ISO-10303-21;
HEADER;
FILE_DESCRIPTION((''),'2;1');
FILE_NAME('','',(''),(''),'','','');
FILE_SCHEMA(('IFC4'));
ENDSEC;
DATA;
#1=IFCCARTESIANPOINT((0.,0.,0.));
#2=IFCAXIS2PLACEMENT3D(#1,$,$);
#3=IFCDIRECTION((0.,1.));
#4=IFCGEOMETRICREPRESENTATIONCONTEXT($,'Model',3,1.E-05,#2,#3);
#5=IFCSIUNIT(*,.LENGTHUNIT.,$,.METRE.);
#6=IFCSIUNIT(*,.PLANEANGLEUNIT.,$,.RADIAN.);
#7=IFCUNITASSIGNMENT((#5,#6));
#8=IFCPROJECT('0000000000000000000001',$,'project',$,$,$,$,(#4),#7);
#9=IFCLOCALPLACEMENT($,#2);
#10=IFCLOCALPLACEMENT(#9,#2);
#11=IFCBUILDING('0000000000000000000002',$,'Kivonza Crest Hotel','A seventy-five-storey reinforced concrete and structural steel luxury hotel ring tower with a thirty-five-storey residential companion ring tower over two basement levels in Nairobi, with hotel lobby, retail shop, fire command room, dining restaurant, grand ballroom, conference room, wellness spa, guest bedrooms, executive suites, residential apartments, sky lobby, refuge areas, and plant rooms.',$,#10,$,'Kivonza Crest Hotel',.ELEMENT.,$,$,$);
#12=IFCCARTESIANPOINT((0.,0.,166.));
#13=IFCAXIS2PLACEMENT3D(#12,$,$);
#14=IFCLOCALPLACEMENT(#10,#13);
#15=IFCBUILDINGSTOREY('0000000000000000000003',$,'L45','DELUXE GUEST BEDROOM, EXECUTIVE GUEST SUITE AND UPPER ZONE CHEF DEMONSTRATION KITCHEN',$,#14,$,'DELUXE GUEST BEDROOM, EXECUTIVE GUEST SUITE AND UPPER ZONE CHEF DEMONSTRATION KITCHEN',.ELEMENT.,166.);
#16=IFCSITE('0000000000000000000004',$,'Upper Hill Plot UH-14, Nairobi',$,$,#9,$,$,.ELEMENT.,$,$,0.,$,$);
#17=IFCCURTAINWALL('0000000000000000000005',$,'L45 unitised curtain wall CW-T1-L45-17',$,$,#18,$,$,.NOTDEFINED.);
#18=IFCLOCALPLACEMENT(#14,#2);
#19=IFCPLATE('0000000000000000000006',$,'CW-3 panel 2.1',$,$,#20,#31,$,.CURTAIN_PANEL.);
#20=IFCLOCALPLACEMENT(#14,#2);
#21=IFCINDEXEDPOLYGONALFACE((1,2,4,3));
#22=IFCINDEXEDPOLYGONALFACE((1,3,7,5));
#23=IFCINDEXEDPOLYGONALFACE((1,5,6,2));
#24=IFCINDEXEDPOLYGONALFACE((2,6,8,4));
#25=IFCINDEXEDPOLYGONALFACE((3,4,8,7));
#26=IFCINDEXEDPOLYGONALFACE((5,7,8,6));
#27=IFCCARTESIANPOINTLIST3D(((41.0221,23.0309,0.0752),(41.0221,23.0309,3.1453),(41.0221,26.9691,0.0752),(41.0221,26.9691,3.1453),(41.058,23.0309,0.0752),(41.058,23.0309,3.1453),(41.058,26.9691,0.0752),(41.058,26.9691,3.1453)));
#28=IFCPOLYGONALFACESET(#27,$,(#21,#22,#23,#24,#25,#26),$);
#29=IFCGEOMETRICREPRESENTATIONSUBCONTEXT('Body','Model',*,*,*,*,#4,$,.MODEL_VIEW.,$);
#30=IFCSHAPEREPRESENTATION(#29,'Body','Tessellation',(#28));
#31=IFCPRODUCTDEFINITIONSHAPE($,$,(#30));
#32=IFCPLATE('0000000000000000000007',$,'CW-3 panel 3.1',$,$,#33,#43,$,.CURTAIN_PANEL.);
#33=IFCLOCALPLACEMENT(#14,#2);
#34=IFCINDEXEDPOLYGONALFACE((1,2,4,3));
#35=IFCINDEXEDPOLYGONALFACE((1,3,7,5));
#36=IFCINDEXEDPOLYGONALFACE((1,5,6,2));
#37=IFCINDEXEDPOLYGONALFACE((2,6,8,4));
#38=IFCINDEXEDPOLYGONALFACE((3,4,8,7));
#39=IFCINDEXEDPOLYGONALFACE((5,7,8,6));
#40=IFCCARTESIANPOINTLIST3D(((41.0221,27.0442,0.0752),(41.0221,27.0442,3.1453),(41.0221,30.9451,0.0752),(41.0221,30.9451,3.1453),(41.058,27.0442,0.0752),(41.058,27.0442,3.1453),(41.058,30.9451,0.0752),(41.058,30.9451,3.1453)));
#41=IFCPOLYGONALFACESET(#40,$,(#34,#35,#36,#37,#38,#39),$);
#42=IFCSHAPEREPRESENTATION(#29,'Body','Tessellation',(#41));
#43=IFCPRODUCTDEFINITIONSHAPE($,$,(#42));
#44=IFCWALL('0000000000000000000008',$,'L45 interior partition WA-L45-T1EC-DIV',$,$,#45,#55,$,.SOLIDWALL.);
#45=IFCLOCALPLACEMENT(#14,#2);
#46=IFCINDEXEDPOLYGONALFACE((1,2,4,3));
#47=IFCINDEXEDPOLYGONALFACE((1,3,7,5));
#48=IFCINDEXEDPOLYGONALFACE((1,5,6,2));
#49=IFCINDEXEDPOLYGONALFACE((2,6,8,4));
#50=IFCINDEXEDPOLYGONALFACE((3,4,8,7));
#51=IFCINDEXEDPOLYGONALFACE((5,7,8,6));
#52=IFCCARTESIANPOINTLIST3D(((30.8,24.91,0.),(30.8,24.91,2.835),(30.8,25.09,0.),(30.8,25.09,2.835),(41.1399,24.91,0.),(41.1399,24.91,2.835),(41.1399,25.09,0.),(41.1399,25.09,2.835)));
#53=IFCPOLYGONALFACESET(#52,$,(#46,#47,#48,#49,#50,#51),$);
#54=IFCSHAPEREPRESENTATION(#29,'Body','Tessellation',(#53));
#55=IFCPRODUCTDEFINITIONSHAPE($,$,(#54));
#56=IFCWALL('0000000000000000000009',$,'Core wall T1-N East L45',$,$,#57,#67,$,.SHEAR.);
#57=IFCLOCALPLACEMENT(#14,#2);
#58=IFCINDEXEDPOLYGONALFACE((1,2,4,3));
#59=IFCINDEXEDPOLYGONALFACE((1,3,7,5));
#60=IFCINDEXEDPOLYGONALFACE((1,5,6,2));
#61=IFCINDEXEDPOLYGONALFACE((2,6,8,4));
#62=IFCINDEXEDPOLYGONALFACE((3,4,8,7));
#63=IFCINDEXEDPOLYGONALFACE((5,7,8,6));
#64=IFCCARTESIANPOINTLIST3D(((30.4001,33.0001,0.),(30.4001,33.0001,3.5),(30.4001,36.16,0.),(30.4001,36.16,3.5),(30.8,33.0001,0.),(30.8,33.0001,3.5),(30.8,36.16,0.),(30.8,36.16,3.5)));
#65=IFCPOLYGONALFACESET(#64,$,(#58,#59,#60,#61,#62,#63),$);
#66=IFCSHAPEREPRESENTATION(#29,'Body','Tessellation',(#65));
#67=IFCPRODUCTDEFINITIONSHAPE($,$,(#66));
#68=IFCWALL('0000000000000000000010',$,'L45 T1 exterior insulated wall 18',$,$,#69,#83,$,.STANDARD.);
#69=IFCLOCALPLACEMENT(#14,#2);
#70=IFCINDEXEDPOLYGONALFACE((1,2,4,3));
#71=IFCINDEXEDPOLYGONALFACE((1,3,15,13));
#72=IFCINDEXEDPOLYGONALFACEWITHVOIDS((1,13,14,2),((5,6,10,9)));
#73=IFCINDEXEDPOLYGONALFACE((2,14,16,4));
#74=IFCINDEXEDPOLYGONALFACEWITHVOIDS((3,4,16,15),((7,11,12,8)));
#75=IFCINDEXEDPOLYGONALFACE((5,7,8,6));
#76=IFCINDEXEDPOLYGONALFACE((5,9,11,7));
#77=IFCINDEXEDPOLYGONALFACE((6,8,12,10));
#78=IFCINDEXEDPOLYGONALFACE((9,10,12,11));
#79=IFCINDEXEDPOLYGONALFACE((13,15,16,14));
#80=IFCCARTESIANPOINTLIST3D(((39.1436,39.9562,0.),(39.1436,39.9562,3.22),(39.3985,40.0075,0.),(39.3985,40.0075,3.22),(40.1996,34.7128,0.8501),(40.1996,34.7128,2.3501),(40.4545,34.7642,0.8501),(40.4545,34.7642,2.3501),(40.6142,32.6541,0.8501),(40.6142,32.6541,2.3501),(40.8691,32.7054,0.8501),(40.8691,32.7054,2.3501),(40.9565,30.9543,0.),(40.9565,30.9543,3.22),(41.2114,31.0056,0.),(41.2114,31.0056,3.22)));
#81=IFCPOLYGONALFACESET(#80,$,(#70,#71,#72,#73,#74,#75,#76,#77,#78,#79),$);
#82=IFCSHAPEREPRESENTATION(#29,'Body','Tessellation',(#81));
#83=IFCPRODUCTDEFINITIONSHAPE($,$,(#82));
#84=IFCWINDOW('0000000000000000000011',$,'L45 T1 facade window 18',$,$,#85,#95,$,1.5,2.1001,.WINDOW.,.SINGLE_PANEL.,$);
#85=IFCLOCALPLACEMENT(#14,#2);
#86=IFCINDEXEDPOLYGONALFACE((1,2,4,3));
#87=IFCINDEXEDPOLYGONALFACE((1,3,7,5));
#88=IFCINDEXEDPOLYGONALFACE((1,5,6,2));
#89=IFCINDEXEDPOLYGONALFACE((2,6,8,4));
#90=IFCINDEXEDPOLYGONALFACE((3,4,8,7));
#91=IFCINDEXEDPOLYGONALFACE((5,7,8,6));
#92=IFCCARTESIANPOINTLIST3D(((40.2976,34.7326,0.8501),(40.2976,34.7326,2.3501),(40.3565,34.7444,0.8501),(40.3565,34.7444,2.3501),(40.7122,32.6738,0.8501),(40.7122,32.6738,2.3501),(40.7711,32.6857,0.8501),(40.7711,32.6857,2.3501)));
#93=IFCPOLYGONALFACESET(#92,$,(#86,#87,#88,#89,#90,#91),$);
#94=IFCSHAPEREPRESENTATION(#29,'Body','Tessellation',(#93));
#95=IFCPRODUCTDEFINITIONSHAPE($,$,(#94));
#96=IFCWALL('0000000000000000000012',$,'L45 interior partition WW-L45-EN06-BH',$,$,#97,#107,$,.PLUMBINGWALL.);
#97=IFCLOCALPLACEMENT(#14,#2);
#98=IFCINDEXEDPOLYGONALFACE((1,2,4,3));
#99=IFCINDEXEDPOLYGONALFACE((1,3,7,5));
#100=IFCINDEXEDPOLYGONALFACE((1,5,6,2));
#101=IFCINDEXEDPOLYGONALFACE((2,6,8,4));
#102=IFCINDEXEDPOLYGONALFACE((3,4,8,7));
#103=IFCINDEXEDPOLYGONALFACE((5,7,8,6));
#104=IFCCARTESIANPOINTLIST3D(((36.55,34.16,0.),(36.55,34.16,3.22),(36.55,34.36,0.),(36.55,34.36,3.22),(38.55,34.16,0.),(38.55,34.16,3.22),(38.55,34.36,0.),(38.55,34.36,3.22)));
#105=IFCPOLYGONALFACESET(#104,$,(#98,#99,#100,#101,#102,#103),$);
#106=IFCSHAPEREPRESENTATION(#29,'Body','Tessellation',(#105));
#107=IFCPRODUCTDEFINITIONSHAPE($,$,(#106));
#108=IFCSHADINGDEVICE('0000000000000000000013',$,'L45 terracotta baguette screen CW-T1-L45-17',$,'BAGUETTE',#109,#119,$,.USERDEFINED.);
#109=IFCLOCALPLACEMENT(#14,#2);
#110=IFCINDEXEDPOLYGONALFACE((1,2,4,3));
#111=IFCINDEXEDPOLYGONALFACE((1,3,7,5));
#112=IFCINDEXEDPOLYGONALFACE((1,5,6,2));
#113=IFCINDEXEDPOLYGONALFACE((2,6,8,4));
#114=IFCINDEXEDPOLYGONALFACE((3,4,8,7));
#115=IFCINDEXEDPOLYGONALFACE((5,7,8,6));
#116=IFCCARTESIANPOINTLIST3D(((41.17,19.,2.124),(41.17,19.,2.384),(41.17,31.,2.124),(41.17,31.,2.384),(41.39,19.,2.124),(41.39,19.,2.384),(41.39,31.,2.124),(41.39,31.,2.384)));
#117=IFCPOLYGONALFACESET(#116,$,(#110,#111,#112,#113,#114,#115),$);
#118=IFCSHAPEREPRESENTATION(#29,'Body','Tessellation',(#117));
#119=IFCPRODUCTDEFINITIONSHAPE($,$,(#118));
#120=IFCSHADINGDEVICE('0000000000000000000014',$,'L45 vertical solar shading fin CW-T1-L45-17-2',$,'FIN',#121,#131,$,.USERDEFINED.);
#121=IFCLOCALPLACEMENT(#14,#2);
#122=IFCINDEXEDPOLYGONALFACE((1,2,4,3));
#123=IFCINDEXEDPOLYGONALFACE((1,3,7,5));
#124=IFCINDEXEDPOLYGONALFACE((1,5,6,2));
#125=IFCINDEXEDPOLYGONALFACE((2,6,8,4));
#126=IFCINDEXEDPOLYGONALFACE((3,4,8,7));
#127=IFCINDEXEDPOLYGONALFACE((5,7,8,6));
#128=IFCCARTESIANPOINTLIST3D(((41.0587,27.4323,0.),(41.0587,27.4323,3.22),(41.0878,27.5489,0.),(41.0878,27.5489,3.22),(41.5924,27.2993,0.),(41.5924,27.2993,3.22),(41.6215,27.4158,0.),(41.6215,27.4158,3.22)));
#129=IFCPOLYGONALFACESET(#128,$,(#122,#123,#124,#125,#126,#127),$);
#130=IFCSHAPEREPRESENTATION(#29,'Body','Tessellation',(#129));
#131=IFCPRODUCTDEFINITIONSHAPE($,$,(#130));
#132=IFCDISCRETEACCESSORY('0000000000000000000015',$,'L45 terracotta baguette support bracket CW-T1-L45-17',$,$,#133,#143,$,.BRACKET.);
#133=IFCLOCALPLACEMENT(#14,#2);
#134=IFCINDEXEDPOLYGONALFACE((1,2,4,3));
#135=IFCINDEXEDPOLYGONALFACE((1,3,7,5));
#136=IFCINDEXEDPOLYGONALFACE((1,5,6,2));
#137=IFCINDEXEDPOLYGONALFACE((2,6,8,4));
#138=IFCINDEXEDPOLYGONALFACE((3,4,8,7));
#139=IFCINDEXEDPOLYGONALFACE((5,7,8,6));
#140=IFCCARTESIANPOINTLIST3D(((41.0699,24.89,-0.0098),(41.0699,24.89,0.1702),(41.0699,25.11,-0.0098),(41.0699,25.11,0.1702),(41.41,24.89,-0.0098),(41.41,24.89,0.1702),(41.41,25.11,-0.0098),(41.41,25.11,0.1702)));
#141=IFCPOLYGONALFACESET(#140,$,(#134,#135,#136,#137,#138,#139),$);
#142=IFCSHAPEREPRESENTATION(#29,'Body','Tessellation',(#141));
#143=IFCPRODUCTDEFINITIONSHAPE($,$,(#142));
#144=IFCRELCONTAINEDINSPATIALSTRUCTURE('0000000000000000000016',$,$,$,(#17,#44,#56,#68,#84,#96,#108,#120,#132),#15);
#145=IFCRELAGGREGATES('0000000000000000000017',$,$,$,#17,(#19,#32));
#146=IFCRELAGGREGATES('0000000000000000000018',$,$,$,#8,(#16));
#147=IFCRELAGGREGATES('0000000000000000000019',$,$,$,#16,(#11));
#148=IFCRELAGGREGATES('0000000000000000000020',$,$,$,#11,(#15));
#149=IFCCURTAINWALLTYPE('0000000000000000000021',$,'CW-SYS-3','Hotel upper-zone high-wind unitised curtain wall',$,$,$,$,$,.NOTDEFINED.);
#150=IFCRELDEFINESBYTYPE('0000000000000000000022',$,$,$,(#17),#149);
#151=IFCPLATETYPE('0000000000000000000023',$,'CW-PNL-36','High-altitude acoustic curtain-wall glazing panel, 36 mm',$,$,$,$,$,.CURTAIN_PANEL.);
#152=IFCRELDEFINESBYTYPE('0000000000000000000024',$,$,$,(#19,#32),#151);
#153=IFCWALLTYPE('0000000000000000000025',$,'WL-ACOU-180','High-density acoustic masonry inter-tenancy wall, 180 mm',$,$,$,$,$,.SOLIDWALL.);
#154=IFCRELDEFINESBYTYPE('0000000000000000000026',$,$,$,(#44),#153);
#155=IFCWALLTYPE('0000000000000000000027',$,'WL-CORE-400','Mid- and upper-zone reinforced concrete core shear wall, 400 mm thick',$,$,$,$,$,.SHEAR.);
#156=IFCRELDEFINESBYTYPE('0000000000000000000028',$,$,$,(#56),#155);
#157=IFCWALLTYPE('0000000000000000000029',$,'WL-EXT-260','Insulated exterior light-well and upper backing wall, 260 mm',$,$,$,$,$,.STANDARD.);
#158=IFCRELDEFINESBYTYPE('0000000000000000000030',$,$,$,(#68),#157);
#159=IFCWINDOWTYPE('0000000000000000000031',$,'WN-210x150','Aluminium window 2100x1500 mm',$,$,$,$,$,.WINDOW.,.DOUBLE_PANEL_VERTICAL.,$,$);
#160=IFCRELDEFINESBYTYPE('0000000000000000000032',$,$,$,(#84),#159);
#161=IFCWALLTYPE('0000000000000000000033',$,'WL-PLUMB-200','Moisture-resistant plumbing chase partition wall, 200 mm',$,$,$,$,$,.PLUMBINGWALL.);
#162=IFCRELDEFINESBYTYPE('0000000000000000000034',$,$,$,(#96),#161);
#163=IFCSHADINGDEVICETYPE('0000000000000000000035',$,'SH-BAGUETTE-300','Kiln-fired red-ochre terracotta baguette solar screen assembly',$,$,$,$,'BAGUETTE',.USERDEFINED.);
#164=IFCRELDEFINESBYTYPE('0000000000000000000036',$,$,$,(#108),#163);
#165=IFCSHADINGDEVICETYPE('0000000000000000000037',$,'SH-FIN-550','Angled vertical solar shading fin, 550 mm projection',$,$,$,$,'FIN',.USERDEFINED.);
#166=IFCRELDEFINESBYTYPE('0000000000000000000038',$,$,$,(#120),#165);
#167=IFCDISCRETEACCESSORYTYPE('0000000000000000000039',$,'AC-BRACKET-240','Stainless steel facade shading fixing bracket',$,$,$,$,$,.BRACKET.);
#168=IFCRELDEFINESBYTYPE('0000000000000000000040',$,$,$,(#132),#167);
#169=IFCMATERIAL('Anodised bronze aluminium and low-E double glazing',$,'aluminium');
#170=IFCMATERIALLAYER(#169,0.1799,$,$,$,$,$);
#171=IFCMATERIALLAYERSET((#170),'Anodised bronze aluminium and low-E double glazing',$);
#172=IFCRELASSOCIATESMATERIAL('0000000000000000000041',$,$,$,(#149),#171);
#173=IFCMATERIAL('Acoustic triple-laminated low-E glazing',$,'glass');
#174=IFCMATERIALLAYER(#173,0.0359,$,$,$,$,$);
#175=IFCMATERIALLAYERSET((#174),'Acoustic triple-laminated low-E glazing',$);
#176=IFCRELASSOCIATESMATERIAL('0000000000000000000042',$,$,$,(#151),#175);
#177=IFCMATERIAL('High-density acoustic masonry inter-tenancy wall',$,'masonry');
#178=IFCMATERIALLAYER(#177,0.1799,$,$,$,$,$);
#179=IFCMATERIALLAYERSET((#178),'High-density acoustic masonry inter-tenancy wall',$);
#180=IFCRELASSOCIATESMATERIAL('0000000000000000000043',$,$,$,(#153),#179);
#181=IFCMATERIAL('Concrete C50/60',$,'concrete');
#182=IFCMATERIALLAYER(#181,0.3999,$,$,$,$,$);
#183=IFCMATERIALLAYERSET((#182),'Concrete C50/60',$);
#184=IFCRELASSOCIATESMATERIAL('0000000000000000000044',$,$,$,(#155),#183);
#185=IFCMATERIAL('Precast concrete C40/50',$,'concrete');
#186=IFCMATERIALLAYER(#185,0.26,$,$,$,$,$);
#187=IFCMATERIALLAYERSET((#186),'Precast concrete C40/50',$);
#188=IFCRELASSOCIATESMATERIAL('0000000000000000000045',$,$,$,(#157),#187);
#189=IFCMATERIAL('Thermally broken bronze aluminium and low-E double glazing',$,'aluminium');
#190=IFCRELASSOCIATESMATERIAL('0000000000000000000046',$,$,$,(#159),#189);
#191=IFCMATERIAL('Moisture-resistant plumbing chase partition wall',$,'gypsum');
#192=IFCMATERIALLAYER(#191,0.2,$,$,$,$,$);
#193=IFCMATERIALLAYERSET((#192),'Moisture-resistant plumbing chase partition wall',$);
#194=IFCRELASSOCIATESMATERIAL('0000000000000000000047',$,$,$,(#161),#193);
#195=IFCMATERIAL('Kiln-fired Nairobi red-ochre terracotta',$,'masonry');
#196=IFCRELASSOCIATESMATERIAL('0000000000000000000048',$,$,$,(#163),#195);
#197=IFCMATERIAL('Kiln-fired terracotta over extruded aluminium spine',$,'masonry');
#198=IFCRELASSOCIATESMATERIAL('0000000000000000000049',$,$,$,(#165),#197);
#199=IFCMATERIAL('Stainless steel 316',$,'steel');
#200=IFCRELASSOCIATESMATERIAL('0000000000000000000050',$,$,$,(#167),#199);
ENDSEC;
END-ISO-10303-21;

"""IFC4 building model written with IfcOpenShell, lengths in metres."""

from ifc_helpers import new_model, si_unit, direction, frame, frame_2d, origin, origin_2d, place, context, subcontext, project, spatial, rectangle, extrude, material, layer, layer_set, type_object, element, fill, aggregate, save


model = new_model("IFC4")

# Units and contexts
model_context = context("Model", 3, precision=1e-05, world=origin(), true_north=direction((0.0, 1.0)))
body_context = subcontext(model_context, "Body", "Model", "MODEL_VIEW")
ifc_project = project(units=[si_unit("LENGTHUNIT", "METRE"), si_unit("PLANEANGLEUNIT", "RADIAN")], contexts=[model_context])

# Site, building, storey
site_placement = place(None, origin())
site = spatial("IfcSite", under=ifc_project, at=site_placement, Name="Upper Hill Plot UH-14, Nairobi", CompositionType="ELEMENT", RefElevation=0.0)
building_placement = place(site_placement, origin())
building = spatial("IfcBuilding", under=site, at=building_placement, Name="Kivonza Crest Hotel", Description="A seventy-five-storey reinforced concrete and structural steel luxury hotel ring tower with a thirty-five-storey residential companion ring tower over two basement levels in Nairobi, with hotel lobby, retail shop, fire command room, dining restaurant, grand ballroom, conference room, wellness spa, guest bedrooms, executive suites, residential apartments, sky lobby, refuge areas, and plant rooms.", LongName="Kivonza Crest Hotel", CompositionType="ELEMENT")
storey_placement = place(building_placement, frame((0.0, 0.0, 166.0)))
storey = spatial("IfcBuildingStorey", under=building, at=storey_placement, Name="L45", Description="DELUXE GUEST BEDROOM, EXECUTIVE GUEST SUITE AND UPPER ZONE CHEF DEMONSTRATION KITCHEN", LongName="DELUXE GUEST BEDROOM, EXECUTIVE GUEST SUITE AND UPPER ZONE CHEF DEMONSTRATION KITCHEN", CompositionType="ELEMENT", Elevation=166.0)

# Shared definitions
ifc_material_1 = material(Name="Concrete C50/60", Category="concrete")

# Curtain wall, plates
ifc_material_2 = material(Name="Anodised bronze aluminium and low-E double glazing", Category="aluminium")
ifc_layer_1 = layer(ifc_material_2, 0.1799)
ifc_layer_set_1 = layer_set([ifc_layer_1], Name="Anodised bronze aluminium and low-E double glazing")
curtain_wall_type = type_object("IfcCurtainWallType", Name="CW-SYS-3", Description="Hotel upper-zone high-wind unitised curtain wall", PredefinedType="NOTDEFINED", material=ifc_layer_set_1)
curtain_wall_placement = place(storey_placement, origin())
curtain_wall = element("IfcCurtainWall", 1, at=curtain_wall_placement, inside=storey, type_object=curtain_wall_type, Name="L45 unitised curtain wall CW-T1-L45-17", PredefinedType="NOTDEFINED")
ifc_material_3 = material(Name="Acoustic triple-laminated low-E glazing", Category="glass")
ifc_layer_2 = layer(ifc_material_3, 0.0359)
ifc_layer_set_2 = layer_set([ifc_layer_2], Name="Acoustic triple-laminated low-E glazing")
plate_type = type_object("IfcPlateType", Name="CW-PNL-36", Description="High-altitude acoustic curtain-wall glazing panel, 36 mm", PredefinedType="CURTAIN_PANEL", material=ifc_layer_set_2)
plate_1_placement = place(storey_placement, frame((41.04, 25.0, 0.0752), z_axis=(0.0, 0.0, 1.0), x_axis=(0.0, 1.0, 0.0)))
plate_1 = element("IfcPlate", 2, at=plate_1_placement, type_object=plate_type, Name="CW-3 panel 2.1", PredefinedType="CURTAIN_PANEL", context=body_context, shape_type="SweptSolid", body=[
    extrude(rectangle(XDim=3.9382, YDim=0.0359, at=origin_2d()), origin(), (0.0, 0.0, 1.0), 3.0701),
])
plate_2_placement = place(storey_placement, frame((41.04, 28.9946, 0.0752), z_axis=(0.0, 0.0, 1.0), x_axis=(0.0, 1.0, 0.0)))
plate_2 = element("IfcPlate", 3, at=plate_2_placement, type_object=plate_type, Name="CW-3 panel 3.1", PredefinedType="CURTAIN_PANEL", context=body_context, shape_type="SweptSolid", body=[
    extrude(rectangle(XDim=3.9009, YDim=0.0359, at=origin_2d()), origin(), (0.0, 0.0, 1.0), 3.0701),
])
aggregate(curtain_wall, [plate_1, plate_2])

# Walls
ifc_material_4 = material(Name="High-density acoustic masonry inter-tenancy wall", Category="masonry")
ifc_layer_3 = layer(ifc_material_4, 0.1799)
ifc_layer_set_3 = layer_set([ifc_layer_3], Name="High-density acoustic masonry inter-tenancy wall")
wall_type_1 = type_object("IfcWallType", Name="WL-ACOU-180", Description="High-density acoustic masonry inter-tenancy wall, 180 mm", PredefinedType="SOLIDWALL", material=ifc_layer_set_3)
wall_1_placement = place(storey_placement, frame((30.8, 25.0, 0.0), z_axis=(0.0, 0.0, 1.0), x_axis=(1.0, 0.0, 0.0)))
element("IfcWall", 4, at=wall_1_placement, inside=storey, type_object=wall_type_1, Name="L45 interior partition WA-L45-T1EC-DIV", PredefinedType="SOLIDWALL", context=body_context, shape_type="SweptSolid", body=[
    extrude(rectangle(XDim=10.3398, YDim=0.1799, at=frame_2d((5.1699, 0.0))), origin(), (0.0, 0.0, 1.0), 2.835),
])
ifc_layer_4 = layer(ifc_material_1, 0.3999)
ifc_layer_set_4 = layer_set([ifc_layer_4], Name="Concrete C50/60")
wall_type_2 = type_object("IfcWallType", Name="WL-CORE-400", Description="Mid- and upper-zone reinforced concrete core shear wall, 400 mm thick", PredefinedType="SHEAR", material=ifc_layer_set_4)
wall_2_placement = place(storey_placement, frame((30.6001, 33.0, 0.0), z_axis=(0.0, 0.0, 1.0), x_axis=(0.0, 1.0, 0.0)))
element("IfcWall", 5, at=wall_2_placement, inside=storey, type_object=wall_type_2, Name="Core wall T1-N East L45", PredefinedType="SHEAR", context=body_context, shape_type="SweptSolid", body=[
    extrude(rectangle(XDim=3.1599, YDim=0.3999, at=frame_2d((1.5801, 0.0))), origin(), (0.0, 0.0, 1.0), 3.5),
])

# Wall, opening, window
ifc_material_5 = material(Name="Precast concrete C40/50", Category="concrete")
ifc_layer_5 = layer(ifc_material_5, 0.26)
ifc_layer_set_5 = layer_set([ifc_layer_5], Name="Precast concrete C40/50")
wall_type_3 = type_object("IfcWallType", Name="WL-EXT-260", Description="Insulated exterior light-well and upper backing wall, 260 mm", PredefinedType="STANDARD", material=ifc_layer_set_5)
wall_3_placement = place(storey_placement, frame((41.084, 30.98, 0.0), z_axis=(0.0, 0.0, 1.0), x_axis=(-0.197435, 0.980316, 0.0)))
wall_3 = element("IfcWall", 6, at=wall_3_placement, inside=storey, type_object=wall_type_3, Name="L45 T1 exterior insulated wall 18", PredefinedType="STANDARD", context=body_context, shape_type="SweptSolid", body=[
    extrude(rectangle(XDim=9.1826, YDim=0.26, at=frame_2d((4.5913, 0.0))), origin(), (0.0, 0.0, 1.0), 3.22),
])
opening_placement = place(wall_3_placement, frame((1.7339, 0.0, 0.8501)))
opening = element("IfcOpeningElement", 7, at=opening_placement, cuts=wall_3, PredefinedType="OPENING", context=body_context, shape_type="SweptSolid", body=[
    extrude(rectangle(XDim=2.1001, YDim=1.5, at=frame_2d((1.05, 0.75))), frame((0.0, 0.1401, 0.0), z_axis=(0.0, -1.0, 0.0), x_axis=(1.0, 0.0, 0.0)), (0.0, 0.0, 1.0), 0.28),
])
ifc_material_6 = material(Name="Thermally broken bronze aluminium and low-E double glazing", Category="aluminium")
window_type = type_object("IfcWindowType", Name="WN-210x150", Description="Aluminium window 2100x1500 mm", PartitioningType="DOUBLE_PANEL_VERTICAL", PredefinedType="WINDOW", material=ifc_material_6)
window_placement = place(opening_placement, origin())
window = element("IfcWindow", 8, at=window_placement, inside=storey, type_object=window_type, Name="L45 T1 facade window 18", OverallHeight=1.5, OverallWidth=2.1001, PartitioningType="SINGLE_PANEL", PredefinedType="WINDOW", context=body_context, shape_type="SweptSolid", body=[
    extrude(rectangle(XDim=2.1001, YDim=1.5, at=frame_2d((1.05, 0.75))), frame((0.0, 0.03, 0.0), z_axis=(0.0, -1.0, 0.0), x_axis=(1.0, 0.0, 0.0)), (0.0, 0.0, 1.0), 0.0601),
])
fill(opening, window)

# Wall
ifc_material_7 = material(Name="Moisture-resistant plumbing chase partition wall", Category="gypsum")
ifc_layer_6 = layer(ifc_material_7, 0.2)
ifc_layer_set_6 = layer_set([ifc_layer_6], Name="Moisture-resistant plumbing chase partition wall")
wall_type_4 = type_object("IfcWallType", Name="WL-PLUMB-200", Description="Moisture-resistant plumbing chase partition wall, 200 mm", PredefinedType="PLUMBINGWALL", material=ifc_layer_set_6)
wall_4_placement = place(storey_placement, frame((36.55, 34.26, 0.0), z_axis=(0.0, 0.0, 1.0), x_axis=(1.0, 0.0, 0.0)))
element("IfcWall", 9, at=wall_4_placement, inside=storey, type_object=wall_type_4, Name="L45 interior partition WW-L45-EN06-BH", PredefinedType="PLUMBINGWALL", context=body_context, shape_type="SweptSolid", body=[
    extrude(rectangle(XDim=2.0, YDim=0.2, at=frame_2d((1.0, 0.0))), origin(), (0.0, 0.0, 1.0), 3.22),
])

# Shading devices
ifc_material_8 = material(Name="Kiln-fired Nairobi red-ochre terracotta", Category="masonry")
shading_device_type_1 = type_object("IfcShadingDeviceType", Name="SH-BAGUETTE-300", Description="Kiln-fired red-ochre terracotta baguette solar screen assembly", ElementType="BAGUETTE", PredefinedType="USERDEFINED", material=ifc_material_8)
shading_device_1_placement = place(storey_placement, frame((41.28, 25.0, 2.124), z_axis=(0.0, 0.0, 1.0), x_axis=(0.0, 1.0, 0.0)))
element("IfcShadingDevice", 10, at=shading_device_1_placement, inside=storey, type_object=shading_device_type_1, Name="L45 terracotta baguette screen CW-T1-L45-17", ObjectType="BAGUETTE", PredefinedType="USERDEFINED", context=body_context, shape_type="SweptSolid", body=[
    extrude(rectangle(XDim=12.0, YDim=0.22, at=origin_2d()), origin(), (0.0, 0.0, 1.0), 0.26),
])
ifc_material_9 = material(Name="Kiln-fired terracotta over extruded aluminium spine", Category="masonry")
shading_device_type_2 = type_object("IfcShadingDeviceType", Name="SH-FIN-550", Description="Angled vertical solar shading fin, 550 mm projection", ElementType="FIN", PredefinedType="USERDEFINED", material=ifc_material_9)
shading_device_2_placement = place(storey_placement, frame((41.3401, 27.4241, 0.0), z_axis=(0.0, 0.0, 1.0), x_axis=(0.241922, 0.970296, 0.0)))
element("IfcShadingDevice", 11, at=shading_device_2_placement, inside=storey, type_object=shading_device_type_2, Name="L45 vertical solar shading fin CW-T1-L45-17-2", ObjectType="FIN", PredefinedType="USERDEFINED", context=body_context, shape_type="SweptSolid", body=[
    extrude(rectangle(XDim=0.1201, YDim=0.55, at=origin_2d()), origin(), (0.0, 0.0, 1.0), 3.22),
])

# Discrete accessory
ifc_material_10 = material(Name="Stainless steel 316", Category="steel")
discrete_accessory_type = type_object("IfcDiscreteAccessoryType", Name="AC-BRACKET-240", Description="Stainless steel facade shading fixing bracket", PredefinedType="BRACKET", material=ifc_material_10)
discrete_accessory_placement = place(storey_placement, frame((41.24, 25.0, -0.0098), z_axis=(0.0, 0.0, 1.0), x_axis=(0.0, 1.0, 0.0)))
element("IfcDiscreteAccessory", 12, at=discrete_accessory_placement, inside=storey, type_object=discrete_accessory_type, Name="L45 terracotta baguette support bracket CW-T1-L45-17", PredefinedType="BRACKET", context=body_context, shape_type="SweptSolid", body=[
    extrude(rectangle(XDim=0.22, YDim=0.3401, at=origin_2d()), origin(), (0.0, 0.0, 1.0), 0.1799),
])

save(model, "model.ifc")
